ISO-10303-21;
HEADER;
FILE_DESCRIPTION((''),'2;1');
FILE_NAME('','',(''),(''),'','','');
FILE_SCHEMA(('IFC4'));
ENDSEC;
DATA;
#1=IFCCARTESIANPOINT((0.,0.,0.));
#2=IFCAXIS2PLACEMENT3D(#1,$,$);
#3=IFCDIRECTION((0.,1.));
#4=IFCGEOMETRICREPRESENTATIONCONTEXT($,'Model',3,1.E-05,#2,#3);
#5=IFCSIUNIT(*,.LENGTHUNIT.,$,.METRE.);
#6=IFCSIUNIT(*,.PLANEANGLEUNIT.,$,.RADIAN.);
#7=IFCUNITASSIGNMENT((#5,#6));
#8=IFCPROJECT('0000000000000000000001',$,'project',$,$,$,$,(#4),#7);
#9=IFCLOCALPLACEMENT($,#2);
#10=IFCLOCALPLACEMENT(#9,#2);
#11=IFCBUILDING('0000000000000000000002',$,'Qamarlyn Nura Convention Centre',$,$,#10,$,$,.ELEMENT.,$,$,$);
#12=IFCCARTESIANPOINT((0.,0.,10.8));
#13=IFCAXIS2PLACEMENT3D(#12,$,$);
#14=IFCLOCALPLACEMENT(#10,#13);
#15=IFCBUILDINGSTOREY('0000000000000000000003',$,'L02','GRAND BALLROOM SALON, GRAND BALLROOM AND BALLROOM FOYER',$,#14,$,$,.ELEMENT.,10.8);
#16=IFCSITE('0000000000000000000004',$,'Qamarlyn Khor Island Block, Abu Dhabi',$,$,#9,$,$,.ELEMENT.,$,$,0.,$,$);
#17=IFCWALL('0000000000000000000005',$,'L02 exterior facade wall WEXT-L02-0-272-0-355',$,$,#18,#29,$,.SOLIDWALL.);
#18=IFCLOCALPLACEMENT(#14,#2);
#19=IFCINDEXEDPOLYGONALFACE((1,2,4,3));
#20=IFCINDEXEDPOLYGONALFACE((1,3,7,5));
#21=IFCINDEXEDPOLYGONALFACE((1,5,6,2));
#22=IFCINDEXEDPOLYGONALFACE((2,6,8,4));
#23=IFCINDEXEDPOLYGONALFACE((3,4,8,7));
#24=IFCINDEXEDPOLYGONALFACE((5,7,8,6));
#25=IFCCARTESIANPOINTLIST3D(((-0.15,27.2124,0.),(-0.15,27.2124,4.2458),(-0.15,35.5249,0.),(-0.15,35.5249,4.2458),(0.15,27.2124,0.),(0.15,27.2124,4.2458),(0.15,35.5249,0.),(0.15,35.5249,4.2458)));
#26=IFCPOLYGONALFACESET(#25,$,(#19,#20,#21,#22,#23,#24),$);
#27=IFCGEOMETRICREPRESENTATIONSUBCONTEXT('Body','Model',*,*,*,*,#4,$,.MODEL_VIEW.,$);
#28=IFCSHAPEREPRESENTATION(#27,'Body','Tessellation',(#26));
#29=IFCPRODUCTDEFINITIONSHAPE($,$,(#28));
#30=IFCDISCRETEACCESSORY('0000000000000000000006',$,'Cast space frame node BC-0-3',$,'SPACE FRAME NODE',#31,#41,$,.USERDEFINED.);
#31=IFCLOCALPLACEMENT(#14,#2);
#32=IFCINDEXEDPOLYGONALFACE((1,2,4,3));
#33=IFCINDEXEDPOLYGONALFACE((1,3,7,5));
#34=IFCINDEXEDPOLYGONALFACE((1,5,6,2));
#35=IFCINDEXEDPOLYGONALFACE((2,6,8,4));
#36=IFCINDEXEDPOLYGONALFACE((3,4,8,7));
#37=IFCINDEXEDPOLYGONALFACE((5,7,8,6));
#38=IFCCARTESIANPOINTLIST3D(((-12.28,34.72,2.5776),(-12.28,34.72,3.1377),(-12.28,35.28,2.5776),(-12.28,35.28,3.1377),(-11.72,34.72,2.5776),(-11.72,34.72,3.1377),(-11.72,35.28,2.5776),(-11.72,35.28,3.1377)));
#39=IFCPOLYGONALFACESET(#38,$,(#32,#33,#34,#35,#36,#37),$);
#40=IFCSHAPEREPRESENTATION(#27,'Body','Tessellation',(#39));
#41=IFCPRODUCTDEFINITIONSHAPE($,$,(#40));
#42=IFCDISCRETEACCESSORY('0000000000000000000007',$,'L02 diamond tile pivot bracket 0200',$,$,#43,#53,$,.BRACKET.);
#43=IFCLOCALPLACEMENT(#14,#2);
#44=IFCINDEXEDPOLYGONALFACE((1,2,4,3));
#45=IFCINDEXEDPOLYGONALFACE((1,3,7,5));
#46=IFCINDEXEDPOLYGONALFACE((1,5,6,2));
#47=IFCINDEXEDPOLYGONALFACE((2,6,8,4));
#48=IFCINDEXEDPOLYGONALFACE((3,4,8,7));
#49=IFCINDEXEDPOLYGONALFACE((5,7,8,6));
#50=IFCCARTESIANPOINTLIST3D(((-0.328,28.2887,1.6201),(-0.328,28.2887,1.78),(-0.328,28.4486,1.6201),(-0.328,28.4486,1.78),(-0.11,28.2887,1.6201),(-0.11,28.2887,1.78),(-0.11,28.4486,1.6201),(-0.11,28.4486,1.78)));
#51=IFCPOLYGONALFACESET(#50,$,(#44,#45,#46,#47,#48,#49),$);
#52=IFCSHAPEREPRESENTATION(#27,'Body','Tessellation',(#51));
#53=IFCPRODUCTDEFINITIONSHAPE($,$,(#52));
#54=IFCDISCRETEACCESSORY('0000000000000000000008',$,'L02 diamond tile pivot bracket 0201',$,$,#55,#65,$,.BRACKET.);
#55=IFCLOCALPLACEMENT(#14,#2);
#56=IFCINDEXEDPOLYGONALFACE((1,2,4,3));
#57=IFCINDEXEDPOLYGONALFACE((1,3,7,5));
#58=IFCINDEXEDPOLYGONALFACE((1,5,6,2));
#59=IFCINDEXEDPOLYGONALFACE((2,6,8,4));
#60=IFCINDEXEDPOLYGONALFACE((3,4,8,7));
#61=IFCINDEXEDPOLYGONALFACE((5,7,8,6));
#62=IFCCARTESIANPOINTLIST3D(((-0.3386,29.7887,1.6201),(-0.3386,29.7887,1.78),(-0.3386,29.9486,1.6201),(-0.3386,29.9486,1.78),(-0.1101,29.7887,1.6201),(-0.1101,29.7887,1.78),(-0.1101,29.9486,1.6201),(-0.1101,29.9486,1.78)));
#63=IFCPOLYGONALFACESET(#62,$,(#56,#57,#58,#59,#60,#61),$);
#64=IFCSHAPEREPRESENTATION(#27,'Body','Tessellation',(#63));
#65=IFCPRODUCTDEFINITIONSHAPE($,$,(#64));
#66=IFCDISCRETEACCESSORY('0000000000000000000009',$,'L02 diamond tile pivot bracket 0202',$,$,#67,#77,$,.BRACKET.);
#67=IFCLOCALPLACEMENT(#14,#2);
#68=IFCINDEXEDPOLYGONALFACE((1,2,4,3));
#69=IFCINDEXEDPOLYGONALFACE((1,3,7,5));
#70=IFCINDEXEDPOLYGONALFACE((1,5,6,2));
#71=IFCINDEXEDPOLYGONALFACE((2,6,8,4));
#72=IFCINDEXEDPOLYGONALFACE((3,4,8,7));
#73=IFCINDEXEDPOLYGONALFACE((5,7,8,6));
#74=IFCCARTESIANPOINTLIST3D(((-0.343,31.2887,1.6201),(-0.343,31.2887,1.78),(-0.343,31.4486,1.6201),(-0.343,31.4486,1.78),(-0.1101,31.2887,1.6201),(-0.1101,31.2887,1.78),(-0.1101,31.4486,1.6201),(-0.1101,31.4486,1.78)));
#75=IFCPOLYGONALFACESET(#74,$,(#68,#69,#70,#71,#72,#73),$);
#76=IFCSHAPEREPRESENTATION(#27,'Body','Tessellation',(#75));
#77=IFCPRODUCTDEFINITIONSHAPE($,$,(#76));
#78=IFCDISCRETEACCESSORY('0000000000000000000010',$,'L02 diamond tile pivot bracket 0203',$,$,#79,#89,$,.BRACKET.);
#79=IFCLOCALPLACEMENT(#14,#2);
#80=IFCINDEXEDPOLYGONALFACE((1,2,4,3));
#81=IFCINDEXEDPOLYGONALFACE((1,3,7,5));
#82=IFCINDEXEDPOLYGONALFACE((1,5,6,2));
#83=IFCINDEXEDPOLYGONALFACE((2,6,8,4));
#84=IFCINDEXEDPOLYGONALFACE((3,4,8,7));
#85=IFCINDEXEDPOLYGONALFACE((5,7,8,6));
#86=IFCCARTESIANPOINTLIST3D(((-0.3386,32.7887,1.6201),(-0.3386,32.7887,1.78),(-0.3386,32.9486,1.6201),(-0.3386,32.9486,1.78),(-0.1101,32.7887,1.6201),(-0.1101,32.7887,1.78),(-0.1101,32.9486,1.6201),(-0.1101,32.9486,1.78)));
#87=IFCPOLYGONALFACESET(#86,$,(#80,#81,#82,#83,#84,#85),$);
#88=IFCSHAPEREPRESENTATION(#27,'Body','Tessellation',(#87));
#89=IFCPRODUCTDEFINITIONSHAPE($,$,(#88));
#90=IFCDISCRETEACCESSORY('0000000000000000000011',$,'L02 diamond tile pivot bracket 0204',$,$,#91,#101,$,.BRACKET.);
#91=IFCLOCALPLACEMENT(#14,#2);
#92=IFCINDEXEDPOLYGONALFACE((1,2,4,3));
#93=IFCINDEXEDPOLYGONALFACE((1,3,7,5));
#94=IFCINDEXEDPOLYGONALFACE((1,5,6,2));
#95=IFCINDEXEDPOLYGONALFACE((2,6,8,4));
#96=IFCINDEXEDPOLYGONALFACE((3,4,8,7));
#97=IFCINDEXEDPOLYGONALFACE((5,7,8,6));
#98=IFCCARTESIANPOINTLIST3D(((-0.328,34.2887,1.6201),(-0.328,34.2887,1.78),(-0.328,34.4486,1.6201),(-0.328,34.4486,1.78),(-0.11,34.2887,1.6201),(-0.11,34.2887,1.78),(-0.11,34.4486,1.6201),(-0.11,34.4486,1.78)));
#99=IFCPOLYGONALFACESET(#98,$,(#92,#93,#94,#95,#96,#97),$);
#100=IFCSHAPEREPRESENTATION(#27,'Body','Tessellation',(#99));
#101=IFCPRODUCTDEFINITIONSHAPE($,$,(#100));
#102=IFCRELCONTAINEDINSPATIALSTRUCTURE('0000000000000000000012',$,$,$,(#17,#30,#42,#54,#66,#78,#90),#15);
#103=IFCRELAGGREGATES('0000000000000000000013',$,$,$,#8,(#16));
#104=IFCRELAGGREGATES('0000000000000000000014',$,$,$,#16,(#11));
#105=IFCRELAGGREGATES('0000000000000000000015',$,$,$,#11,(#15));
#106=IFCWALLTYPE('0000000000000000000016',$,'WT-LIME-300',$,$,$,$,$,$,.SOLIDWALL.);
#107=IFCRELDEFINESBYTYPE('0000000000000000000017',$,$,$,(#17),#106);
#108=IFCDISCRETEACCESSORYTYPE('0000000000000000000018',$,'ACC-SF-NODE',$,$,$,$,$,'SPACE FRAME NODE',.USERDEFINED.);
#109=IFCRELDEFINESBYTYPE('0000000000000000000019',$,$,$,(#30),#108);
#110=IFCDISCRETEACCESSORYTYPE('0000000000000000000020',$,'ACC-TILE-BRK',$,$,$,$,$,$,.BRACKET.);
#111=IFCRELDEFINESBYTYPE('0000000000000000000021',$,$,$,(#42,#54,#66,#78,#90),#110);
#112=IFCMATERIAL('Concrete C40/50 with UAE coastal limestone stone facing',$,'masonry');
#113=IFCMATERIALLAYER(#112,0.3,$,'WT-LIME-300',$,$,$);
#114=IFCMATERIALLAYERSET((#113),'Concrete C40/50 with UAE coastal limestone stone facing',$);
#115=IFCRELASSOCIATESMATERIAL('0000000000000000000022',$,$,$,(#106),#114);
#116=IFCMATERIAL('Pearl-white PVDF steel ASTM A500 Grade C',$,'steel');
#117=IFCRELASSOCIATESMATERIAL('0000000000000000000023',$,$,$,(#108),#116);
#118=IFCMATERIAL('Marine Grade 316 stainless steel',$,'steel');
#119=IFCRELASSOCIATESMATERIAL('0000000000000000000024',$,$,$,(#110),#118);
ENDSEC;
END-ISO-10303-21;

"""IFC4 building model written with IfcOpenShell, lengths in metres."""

from ifc_helpers import new_model, si_unit, direction, frame, frame_2d, origin, origin_2d, place, context, subcontext, project, spatial, rectangle, extrude, material, layer, layer_set, type_object, element, save


model = new_model("IFC4")

# Units and contexts
model_context = context("Model", 3, precision=1e-05, world=origin(), true_north=direction((0.0, 1.0)))
body_context = subcontext(model_context, "Body", "Model", "MODEL_VIEW")
ifc_project = project(units=[si_unit("LENGTHUNIT", "METRE"), si_unit("PLANEANGLEUNIT", "RADIAN")], contexts=[model_context])

# Site, building, storey
site_placement = place(None, origin())
site = spatial("IfcSite", under=ifc_project, at=site_placement, Name="Qamarlyn Khor Island Block, Abu Dhabi", CompositionType="ELEMENT", RefElevation=0.0)
building_placement = place(site_placement, origin())
building = spatial("IfcBuilding", under=site, at=building_placement, Name="Qamarlyn Nura Convention Centre", CompositionType="ELEMENT")
storey_placement = place(building_placement, frame((0.0, 0.0, 10.8)))
storey = spatial("IfcBuildingStorey", under=building, at=storey_placement, Name="L02", Description="GRAND BALLROOM SALON, GRAND BALLROOM AND BALLROOM FOYER", CompositionType="ELEMENT", Elevation=10.8)

# Shared definitions
ifc_material_1 = material(Name="Pearl-white PVDF steel ASTM A500 Grade C", Category="steel")

# Wall
ifc_material_2 = material(Name="Concrete C40/50 with UAE coastal limestone stone facing", Category="masonry")
ifc_layer_1 = layer(ifc_material_2, 0.3, Name="WT-LIME-300")
ifc_layer_set_1 = layer_set([ifc_layer_1], Name="Concrete C40/50 with UAE coastal limestone stone facing")
wall_type = type_object("IfcWallType", Name="WT-LIME-300", PredefinedType="SOLIDWALL", material=ifc_layer_set_1)
wall_placement = place(storey_placement, frame((0.0, 27.2124, 0.0), z_axis=(0.0, 0.0, 1.0), x_axis=(0.0, 1.0, 0.0)))
element("IfcWall", 1, at=wall_placement, inside=storey, type_object=wall_type, Name="L02 exterior facade wall WEXT-L02-0-272-0-355", PredefinedType="SOLIDWALL", context=body_context, shape_type="SweptSolid", body=[
    extrude(rectangle(XDim=8.3125, YDim=0.3, at=frame_2d((4.1562, 0.0))), origin(), (0.0, 0.0, 1.0), 4.2458),
])

# Discrete accessories
discrete_accessory_type_1 = type_object("IfcDiscreteAccessoryType", Name="ACC-SF-NODE", ElementType="SPACE FRAME NODE", PredefinedType="USERDEFINED", material=ifc_material_1)
discrete_accessory_1_placement = place(storey_placement, frame((-12.0, 35.0, 2.5776), z_axis=(0.0, 0.0, 1.0), x_axis=(1.0, 0.0, 0.0)))
element("IfcDiscreteAccessory", 2, at=discrete_accessory_1_placement, inside=storey, type_object=discrete_accessory_type_1, Name="Cast space frame node BC-0-3", ObjectType="SPACE FRAME NODE", PredefinedType="USERDEFINED", context=body_context, shape_type="SweptSolid", body=[
    extrude(rectangle(XDim=0.5601, YDim=0.5601, at=origin_2d()), origin(), (0.0, 0.0, 1.0), 0.5601),
])
ifc_material_3 = material(Name="Marine Grade 316 stainless steel", Category="steel")
discrete_accessory_type_2 = type_object("IfcDiscreteAccessoryType", Name="ACC-TILE-BRK", PredefinedType="BRACKET", material=ifc_material_3)
discrete_accessory_2_placement = place(storey_placement, frame((-0.219, 28.3687, 1.6201), z_axis=(0.0, 0.0, 1.0), x_axis=(-1.0, 0.0, 0.0)))
element("IfcDiscreteAccessory", 3, at=discrete_accessory_2_placement, inside=storey, type_object=discrete_accessory_type_2, Name="L02 diamond tile pivot bracket 0200", PredefinedType="BRACKET", context=body_context, shape_type="SweptSolid", body=[
    extrude(rectangle(XDim=0.218, YDim=0.1599, at=origin_2d()), origin(), (0.0, 0.0, 1.0), 0.1599),
])
discrete_accessory_3_placement = place(storey_placement, frame((-0.2244, 29.8687, 1.6201), z_axis=(0.0, 0.0, 1.0), x_axis=(-1.0, 0.0, 0.0)))
element("IfcDiscreteAccessory", 4, at=discrete_accessory_3_placement, inside=storey, type_object=discrete_accessory_type_2, Name="L02 diamond tile pivot bracket 0201", PredefinedType="BRACKET", context=body_context, shape_type="SweptSolid", body=[
    extrude(rectangle(XDim=0.2285, YDim=0.1599, at=origin_2d()), origin(), (0.0, 0.0, 1.0), 0.1599),
])
discrete_accessory_4_placement = place(storey_placement, frame((-0.2266, 31.3687, 1.6201), z_axis=(0.0, 0.0, 1.0), x_axis=(-1.0, 0.0, 0.0)))
element("IfcDiscreteAccessory", 5, at=discrete_accessory_4_placement, inside=storey, type_object=discrete_accessory_type_2, Name="L02 diamond tile pivot bracket 0202", PredefinedType="BRACKET", context=body_context, shape_type="SweptSolid", body=[
    extrude(rectangle(XDim=0.2329, YDim=0.1599, at=origin_2d()), origin(), (0.0, 0.0, 1.0), 0.1599),
])
discrete_accessory_5_placement = place(storey_placement, frame((-0.2244, 32.8687, 1.6201), z_axis=(0.0, 0.0, 1.0), x_axis=(-1.0, 0.0, 0.0)))
element("IfcDiscreteAccessory", 6, at=discrete_accessory_5_placement, inside=storey, type_object=discrete_accessory_type_2, Name="L02 diamond tile pivot bracket 0203", PredefinedType="BRACKET", context=body_context, shape_type="SweptSolid", body=[
    extrude(rectangle(XDim=0.2285, YDim=0.1599, at=origin_2d()), origin(), (0.0, 0.0, 1.0), 0.1599),
])
discrete_accessory_6_placement = place(storey_placement, frame((-0.219, 34.3687, 1.6201), z_axis=(0.0, 0.0, 1.0), x_axis=(-1.0, 0.0, 0.0)))
element("IfcDiscreteAccessory", 7, at=discrete_accessory_6_placement, inside=storey, type_object=discrete_accessory_type_2, Name="L02 diamond tile pivot bracket 0204", PredefinedType="BRACKET", context=body_context, shape_type="SweptSolid", body=[
    extrude(rectangle(XDim=0.218, YDim=0.1599, at=origin_2d()), origin(), (0.0, 0.0, 1.0), 0.1599),
])

save(model, "model.ifc")
